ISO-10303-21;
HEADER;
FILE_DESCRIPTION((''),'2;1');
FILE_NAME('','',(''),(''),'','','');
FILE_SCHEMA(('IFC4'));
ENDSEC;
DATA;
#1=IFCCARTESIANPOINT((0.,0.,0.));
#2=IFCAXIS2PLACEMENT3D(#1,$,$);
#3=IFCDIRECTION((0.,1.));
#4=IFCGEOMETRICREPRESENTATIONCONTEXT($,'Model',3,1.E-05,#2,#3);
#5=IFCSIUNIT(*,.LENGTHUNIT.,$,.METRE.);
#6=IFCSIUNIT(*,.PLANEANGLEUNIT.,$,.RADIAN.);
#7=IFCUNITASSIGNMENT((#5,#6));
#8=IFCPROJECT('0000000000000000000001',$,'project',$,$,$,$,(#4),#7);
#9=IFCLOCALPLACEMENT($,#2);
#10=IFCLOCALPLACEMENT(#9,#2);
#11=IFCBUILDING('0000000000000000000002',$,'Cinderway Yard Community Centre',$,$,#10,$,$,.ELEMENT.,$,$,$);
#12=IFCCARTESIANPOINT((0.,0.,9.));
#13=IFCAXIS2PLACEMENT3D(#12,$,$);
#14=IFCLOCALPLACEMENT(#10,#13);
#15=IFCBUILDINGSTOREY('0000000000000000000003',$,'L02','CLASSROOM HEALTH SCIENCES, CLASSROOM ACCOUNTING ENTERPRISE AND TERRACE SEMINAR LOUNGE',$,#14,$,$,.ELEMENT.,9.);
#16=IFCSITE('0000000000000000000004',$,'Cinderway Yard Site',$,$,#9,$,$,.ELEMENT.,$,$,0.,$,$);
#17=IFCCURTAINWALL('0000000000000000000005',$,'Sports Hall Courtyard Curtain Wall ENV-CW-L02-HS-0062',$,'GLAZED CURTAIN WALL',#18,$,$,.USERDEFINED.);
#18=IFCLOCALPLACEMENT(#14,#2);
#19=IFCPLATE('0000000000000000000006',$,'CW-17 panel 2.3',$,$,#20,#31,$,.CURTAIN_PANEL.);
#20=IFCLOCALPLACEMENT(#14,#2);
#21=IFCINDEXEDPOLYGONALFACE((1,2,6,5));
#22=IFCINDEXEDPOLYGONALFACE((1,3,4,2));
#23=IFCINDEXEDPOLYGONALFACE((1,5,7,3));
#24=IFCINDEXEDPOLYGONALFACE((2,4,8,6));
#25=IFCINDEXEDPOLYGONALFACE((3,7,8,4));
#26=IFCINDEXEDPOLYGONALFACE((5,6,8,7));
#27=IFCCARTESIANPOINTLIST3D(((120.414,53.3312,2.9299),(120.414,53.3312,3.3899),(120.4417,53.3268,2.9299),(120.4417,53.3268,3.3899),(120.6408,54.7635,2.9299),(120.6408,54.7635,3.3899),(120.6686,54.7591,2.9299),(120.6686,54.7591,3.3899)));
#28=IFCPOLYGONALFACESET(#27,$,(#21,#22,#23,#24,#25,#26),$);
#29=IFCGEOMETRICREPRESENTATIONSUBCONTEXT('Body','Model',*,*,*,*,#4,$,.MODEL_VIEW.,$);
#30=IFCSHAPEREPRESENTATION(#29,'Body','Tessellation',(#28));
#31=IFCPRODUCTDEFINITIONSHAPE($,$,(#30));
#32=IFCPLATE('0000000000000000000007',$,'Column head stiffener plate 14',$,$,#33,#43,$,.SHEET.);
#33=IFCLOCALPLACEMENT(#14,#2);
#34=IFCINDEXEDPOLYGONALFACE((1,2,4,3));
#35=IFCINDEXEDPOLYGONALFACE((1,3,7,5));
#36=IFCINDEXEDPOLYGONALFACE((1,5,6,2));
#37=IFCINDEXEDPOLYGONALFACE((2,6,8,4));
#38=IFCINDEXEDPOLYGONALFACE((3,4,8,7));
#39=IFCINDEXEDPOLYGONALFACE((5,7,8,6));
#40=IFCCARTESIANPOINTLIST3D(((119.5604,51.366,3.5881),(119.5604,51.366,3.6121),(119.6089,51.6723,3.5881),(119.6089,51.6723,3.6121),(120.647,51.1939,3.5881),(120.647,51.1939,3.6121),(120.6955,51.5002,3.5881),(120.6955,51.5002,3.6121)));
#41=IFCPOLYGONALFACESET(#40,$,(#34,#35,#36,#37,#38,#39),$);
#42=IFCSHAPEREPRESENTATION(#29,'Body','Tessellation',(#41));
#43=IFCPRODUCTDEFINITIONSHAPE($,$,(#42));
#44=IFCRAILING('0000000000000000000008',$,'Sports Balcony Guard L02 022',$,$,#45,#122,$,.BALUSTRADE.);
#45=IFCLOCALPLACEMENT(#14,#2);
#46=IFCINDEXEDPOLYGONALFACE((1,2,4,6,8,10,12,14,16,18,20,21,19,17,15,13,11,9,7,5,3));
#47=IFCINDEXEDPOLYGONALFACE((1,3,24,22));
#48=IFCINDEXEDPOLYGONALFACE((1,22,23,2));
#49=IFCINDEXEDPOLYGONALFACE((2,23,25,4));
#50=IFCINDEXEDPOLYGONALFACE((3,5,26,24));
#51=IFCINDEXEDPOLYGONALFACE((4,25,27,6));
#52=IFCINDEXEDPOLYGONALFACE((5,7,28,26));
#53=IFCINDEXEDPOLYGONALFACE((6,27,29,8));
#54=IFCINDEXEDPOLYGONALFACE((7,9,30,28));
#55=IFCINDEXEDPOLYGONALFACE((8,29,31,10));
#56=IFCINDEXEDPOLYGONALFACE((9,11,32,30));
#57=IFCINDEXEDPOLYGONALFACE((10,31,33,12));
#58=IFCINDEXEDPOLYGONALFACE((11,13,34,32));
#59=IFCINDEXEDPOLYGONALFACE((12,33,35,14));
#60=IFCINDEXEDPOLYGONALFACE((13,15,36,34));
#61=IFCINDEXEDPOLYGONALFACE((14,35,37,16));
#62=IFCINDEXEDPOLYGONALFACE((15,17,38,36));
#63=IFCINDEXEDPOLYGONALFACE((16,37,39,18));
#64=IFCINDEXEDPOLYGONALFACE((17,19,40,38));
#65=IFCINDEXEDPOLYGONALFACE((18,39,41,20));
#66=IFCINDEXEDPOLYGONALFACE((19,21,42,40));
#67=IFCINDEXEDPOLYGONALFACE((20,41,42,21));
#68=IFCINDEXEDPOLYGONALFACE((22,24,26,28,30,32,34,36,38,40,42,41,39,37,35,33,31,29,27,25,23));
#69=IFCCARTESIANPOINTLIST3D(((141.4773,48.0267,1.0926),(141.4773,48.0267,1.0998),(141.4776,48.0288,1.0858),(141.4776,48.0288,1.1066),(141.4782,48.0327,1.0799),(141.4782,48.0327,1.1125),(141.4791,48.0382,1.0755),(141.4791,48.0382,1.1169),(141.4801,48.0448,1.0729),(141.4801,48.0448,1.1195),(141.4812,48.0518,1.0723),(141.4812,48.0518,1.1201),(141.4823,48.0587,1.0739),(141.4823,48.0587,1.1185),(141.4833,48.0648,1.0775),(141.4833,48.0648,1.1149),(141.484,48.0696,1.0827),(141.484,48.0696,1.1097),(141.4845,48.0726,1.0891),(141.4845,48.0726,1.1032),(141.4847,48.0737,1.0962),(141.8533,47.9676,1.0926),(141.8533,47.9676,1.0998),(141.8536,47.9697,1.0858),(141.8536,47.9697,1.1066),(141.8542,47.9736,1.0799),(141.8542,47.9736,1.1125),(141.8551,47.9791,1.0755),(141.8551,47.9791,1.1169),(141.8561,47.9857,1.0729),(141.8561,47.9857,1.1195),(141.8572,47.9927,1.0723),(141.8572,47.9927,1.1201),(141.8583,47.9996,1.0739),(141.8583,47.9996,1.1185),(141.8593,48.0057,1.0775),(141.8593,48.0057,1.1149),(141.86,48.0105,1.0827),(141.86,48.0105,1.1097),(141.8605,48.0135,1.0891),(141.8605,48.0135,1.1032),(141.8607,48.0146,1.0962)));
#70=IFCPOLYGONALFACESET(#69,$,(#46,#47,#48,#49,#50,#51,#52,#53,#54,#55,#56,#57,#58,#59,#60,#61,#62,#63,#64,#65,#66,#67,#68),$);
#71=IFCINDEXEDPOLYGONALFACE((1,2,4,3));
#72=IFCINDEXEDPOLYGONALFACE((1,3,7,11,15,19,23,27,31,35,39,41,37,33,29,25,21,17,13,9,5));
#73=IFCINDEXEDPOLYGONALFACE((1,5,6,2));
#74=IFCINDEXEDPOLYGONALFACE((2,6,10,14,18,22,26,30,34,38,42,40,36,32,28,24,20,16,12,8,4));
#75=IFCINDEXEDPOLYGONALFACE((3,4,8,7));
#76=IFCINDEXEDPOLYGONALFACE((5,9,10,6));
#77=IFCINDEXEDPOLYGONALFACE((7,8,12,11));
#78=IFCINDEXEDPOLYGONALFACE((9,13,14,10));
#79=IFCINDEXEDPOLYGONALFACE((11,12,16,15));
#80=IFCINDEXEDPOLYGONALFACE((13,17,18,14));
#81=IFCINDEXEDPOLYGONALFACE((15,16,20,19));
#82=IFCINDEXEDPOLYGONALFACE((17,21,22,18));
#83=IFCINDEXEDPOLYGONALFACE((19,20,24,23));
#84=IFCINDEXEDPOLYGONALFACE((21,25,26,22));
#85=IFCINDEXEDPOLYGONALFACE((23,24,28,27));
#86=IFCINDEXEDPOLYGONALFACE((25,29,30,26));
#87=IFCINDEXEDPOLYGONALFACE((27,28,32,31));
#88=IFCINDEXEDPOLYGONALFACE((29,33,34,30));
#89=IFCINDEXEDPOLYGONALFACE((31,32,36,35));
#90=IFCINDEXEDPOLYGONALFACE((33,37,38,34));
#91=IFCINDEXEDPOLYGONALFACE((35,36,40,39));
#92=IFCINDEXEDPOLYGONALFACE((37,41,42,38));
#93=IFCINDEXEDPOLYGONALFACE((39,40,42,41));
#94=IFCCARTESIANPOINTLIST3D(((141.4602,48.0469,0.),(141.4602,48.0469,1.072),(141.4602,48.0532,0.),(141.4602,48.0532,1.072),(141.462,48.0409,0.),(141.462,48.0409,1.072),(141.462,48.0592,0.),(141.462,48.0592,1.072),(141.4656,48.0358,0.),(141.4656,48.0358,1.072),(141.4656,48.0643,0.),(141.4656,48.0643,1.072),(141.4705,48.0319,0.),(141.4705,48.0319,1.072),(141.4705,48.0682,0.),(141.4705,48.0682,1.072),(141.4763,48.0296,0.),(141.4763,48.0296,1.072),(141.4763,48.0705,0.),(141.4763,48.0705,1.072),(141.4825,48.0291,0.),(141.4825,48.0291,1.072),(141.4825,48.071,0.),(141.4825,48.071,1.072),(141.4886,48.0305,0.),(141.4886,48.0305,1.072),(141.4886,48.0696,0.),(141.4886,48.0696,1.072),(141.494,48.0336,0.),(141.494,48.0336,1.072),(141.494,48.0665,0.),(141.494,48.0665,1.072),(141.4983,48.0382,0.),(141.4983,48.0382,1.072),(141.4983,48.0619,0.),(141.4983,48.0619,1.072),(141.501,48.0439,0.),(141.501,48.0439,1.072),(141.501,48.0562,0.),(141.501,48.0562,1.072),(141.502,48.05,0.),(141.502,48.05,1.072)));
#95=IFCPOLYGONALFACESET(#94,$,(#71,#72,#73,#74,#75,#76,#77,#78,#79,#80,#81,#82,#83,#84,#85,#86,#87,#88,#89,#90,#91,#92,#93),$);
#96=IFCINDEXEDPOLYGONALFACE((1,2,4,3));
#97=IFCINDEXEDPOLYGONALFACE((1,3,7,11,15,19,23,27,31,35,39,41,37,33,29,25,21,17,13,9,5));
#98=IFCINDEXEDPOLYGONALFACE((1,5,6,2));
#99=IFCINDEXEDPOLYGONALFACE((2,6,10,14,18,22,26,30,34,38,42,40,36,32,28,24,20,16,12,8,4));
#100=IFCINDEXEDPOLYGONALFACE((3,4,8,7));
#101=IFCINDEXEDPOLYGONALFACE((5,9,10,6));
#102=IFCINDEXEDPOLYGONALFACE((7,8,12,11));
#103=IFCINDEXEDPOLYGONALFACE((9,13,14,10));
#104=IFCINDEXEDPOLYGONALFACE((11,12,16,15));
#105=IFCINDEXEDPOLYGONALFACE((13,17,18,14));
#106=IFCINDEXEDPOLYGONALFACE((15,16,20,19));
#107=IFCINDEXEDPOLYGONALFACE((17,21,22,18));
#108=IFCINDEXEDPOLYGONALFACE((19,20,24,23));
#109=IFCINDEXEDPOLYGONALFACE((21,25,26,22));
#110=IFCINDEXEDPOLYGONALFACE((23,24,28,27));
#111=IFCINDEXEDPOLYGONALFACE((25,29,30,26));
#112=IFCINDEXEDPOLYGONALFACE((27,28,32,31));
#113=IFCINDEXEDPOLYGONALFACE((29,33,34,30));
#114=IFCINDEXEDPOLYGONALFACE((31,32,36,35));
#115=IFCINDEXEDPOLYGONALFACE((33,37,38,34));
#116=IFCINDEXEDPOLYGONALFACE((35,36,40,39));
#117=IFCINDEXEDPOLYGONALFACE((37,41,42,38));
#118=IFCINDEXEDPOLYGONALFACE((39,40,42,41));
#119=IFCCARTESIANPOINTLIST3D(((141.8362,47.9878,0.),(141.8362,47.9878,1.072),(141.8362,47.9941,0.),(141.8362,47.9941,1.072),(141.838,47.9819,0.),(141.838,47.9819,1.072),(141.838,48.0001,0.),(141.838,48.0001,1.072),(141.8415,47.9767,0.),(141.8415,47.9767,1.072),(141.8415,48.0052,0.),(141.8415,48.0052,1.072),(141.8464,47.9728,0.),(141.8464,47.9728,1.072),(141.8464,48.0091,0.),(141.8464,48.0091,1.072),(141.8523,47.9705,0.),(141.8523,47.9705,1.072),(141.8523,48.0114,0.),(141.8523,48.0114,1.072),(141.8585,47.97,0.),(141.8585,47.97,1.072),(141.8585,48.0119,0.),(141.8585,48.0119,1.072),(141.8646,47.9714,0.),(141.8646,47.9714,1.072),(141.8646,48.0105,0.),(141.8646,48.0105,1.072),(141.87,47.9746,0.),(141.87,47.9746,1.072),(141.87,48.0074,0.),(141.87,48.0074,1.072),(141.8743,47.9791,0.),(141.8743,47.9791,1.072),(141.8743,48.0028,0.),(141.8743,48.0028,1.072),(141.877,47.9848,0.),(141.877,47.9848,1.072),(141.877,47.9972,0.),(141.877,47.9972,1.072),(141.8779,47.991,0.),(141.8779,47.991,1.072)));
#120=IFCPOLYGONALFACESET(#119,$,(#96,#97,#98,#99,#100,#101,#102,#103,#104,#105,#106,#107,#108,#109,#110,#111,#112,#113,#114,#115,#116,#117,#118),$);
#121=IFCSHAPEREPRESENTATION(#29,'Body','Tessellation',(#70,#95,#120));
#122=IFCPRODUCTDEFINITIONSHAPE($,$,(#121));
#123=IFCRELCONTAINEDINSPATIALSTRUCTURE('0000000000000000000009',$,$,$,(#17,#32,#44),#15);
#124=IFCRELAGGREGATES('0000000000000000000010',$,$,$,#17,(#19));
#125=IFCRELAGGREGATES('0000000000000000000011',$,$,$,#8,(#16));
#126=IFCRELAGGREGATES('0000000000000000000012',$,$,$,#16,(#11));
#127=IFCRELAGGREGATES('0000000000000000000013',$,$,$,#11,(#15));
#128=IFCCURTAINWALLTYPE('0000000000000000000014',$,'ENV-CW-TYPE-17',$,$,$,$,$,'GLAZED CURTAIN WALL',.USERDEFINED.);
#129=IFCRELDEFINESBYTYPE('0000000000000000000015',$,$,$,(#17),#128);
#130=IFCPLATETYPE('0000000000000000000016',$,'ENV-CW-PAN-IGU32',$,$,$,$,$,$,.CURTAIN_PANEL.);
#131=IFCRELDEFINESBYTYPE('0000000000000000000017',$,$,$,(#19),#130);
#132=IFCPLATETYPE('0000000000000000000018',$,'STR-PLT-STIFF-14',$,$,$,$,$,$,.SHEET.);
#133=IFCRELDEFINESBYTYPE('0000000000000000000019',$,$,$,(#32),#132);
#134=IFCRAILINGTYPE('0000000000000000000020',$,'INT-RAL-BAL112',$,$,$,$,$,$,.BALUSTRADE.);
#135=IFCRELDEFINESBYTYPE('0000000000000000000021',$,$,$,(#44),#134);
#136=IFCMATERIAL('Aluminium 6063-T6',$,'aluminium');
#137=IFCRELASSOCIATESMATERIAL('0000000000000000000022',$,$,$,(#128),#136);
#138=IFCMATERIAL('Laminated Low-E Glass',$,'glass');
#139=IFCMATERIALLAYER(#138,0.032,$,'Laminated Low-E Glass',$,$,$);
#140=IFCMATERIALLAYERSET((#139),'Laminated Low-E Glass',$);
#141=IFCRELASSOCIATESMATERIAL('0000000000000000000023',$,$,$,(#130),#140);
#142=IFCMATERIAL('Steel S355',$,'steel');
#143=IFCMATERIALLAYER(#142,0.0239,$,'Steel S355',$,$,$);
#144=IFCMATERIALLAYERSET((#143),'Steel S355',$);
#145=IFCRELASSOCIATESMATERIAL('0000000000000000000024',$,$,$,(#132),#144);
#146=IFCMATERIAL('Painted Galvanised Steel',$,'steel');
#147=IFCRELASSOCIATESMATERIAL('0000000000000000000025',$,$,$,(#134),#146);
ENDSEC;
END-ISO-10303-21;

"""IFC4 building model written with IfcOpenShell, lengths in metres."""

from ifc_helpers import new_model, si_unit, direction, frame, origin, origin_2d, place, context, subcontext, project, spatial, rectangle, circle, extrude, material, layer, layer_set, type_object, element, aggregate, save


model = new_model("IFC4")

# Units and contexts
model_context = context("Model", 3, precision=1e-05, world=origin(), true_north=direction((0.0, 1.0)))
body_context = subcontext(model_context, "Body", "Model", "MODEL_VIEW")
ifc_project = project(units=[si_unit("LENGTHUNIT", "METRE"), si_unit("PLANEANGLEUNIT", "RADIAN")], contexts=[model_context])

# Site, building, storey
site_placement = place(None, origin())
site = spatial("IfcSite", under=ifc_project, at=site_placement, Name="Cinderway Yard Site", CompositionType="ELEMENT", RefElevation=0.0)
building_placement = place(site_placement, origin())
building = spatial("IfcBuilding", under=site, at=building_placement, Name="Cinderway Yard Community Centre", CompositionType="ELEMENT")
storey_placement = place(building_placement, frame((0.0, 0.0, 9.0)))
storey = spatial("IfcBuildingStorey", under=building, at=storey_placement, Name="L02", Description="CLASSROOM HEALTH SCIENCES, CLASSROOM ACCOUNTING ENTERPRISE AND TERRACE SEMINAR LOUNGE", CompositionType="ELEMENT", Elevation=9.0)

# Shared definitions
ifc_material_1 = material(Name="Aluminium 6063-T6", Category="aluminium")
curtain_wall_type_1 = type_object("IfcCurtainWallType", Name="ENV-CW-TYPE-17", ElementType="GLAZED CURTAIN WALL", PredefinedType="USERDEFINED", material=ifc_material_1)

# Curtain wall
curtain_wall_1_placement = place(storey_placement, origin())
curtain_wall_1 = element("IfcCurtainWall", 1, at=curtain_wall_1_placement, inside=storey, type_object=curtain_wall_type_1, Name="Sports Hall Courtyard Curtain Wall ENV-CW-L02-HS-0062", ObjectType="GLAZED CURTAIN WALL", PredefinedType="USERDEFINED")

# Shared definitions
ifc_material_2 = material(Name="Steel S355", Category="steel")

# Shared definitions
ifc_material_3 = material(Name="Laminated Low-E Glass", Category="glass")

# Plates
ifc_layer_1 = layer(ifc_material_3, 0.032, Name="Laminated Low-E Glass")
ifc_layer_set_1 = layer_set([ifc_layer_1], Name="Laminated Low-E Glass")
plate_type_1 = type_object("IfcPlateType", Name="ENV-CW-PAN-IGU32", PredefinedType="CURTAIN_PANEL", material=ifc_layer_set_1)
plate_1_placement = place(storey_placement, frame((120.5413, 54.0452, 2.9299), z_axis=(0.0, 0.0, 1.0), x_axis=(0.156447, 0.987686, 0.0)))
plate_1 = element("IfcPlate", 2, at=plate_1_placement, type_object=plate_type_1, Name="CW-17 panel 2.3", PredefinedType="CURTAIN_PANEL", context=body_context, shape_type="SweptSolid", body=[
    extrude(rectangle(XDim=1.4502, YDim=0.0281, at=origin_2d()), origin(), (0.0, 0.0, 1.0), 0.46),
])
aggregate(curtain_wall_1, [plate_1])
ifc_layer_2 = layer(ifc_material_2, 0.0239, Name="Steel S355")
ifc_layer_set_2 = layer_set([ifc_layer_2], Name="Steel S355")
plate_type_2 = type_object("IfcPlateType", Name="STR-PLT-STIFF-14", PredefinedType="SHEET", material=ifc_layer_set_2)
plate_2_placement = place(storey_placement, frame((120.1279, 51.4331, 3.5881), z_axis=(0.0, 0.0, 1.0), x_axis=(0.987688, -0.156434, 0.0)))
element("IfcPlate", 3, at=plate_2_placement, inside=storey, type_object=plate_type_2, Name="Column head stiffener plate 14", PredefinedType="SHEET", context=body_context, shape_type="SweptSolid", body=[
    extrude(rectangle(XDim=1.1001, YDim=0.3101, at=origin_2d()), origin(), (0.0, 0.0, 1.0), 0.0239),
])

# Railing
ifc_material_4 = material(Name="Painted Galvanised Steel", Category="steel")
railing_type = type_object("IfcRailingType", Name="INT-RAL-BAL112", PredefinedType="BALUSTRADE", material=ifc_material_4)
railing_1_placement = place(storey_placement, frame((141.481, 48.05, 0.0)))
element("IfcRailing", 4, at=railing_1_placement, inside=storey, type_object=railing_type, Name="Sports Balcony Guard L02 022", PredefinedType="BALUSTRADE", context=body_context, shape_type="SweptSolid", body=[
    extrude(circle(Radius=0.0239, at=origin_2d()), frame((0.0, 0.0, 1.0962), z_axis=(0.987877, -0.155238, 0.0), x_axis=(0.155238, 0.987877, 0.0)), (0.0, 0.0, 1.0), 0.3806),
    extrude(circle(Radius=0.021, at=origin_2d()), origin(), (0.0, 0.0, 1.0), 1.072),
    extrude(circle(Radius=0.021, at=origin_2d()), frame((0.376, -0.0591, 0.0)), (0.0, 0.0, 1.0), 1.072),
])

save(model, "model.ifc")
